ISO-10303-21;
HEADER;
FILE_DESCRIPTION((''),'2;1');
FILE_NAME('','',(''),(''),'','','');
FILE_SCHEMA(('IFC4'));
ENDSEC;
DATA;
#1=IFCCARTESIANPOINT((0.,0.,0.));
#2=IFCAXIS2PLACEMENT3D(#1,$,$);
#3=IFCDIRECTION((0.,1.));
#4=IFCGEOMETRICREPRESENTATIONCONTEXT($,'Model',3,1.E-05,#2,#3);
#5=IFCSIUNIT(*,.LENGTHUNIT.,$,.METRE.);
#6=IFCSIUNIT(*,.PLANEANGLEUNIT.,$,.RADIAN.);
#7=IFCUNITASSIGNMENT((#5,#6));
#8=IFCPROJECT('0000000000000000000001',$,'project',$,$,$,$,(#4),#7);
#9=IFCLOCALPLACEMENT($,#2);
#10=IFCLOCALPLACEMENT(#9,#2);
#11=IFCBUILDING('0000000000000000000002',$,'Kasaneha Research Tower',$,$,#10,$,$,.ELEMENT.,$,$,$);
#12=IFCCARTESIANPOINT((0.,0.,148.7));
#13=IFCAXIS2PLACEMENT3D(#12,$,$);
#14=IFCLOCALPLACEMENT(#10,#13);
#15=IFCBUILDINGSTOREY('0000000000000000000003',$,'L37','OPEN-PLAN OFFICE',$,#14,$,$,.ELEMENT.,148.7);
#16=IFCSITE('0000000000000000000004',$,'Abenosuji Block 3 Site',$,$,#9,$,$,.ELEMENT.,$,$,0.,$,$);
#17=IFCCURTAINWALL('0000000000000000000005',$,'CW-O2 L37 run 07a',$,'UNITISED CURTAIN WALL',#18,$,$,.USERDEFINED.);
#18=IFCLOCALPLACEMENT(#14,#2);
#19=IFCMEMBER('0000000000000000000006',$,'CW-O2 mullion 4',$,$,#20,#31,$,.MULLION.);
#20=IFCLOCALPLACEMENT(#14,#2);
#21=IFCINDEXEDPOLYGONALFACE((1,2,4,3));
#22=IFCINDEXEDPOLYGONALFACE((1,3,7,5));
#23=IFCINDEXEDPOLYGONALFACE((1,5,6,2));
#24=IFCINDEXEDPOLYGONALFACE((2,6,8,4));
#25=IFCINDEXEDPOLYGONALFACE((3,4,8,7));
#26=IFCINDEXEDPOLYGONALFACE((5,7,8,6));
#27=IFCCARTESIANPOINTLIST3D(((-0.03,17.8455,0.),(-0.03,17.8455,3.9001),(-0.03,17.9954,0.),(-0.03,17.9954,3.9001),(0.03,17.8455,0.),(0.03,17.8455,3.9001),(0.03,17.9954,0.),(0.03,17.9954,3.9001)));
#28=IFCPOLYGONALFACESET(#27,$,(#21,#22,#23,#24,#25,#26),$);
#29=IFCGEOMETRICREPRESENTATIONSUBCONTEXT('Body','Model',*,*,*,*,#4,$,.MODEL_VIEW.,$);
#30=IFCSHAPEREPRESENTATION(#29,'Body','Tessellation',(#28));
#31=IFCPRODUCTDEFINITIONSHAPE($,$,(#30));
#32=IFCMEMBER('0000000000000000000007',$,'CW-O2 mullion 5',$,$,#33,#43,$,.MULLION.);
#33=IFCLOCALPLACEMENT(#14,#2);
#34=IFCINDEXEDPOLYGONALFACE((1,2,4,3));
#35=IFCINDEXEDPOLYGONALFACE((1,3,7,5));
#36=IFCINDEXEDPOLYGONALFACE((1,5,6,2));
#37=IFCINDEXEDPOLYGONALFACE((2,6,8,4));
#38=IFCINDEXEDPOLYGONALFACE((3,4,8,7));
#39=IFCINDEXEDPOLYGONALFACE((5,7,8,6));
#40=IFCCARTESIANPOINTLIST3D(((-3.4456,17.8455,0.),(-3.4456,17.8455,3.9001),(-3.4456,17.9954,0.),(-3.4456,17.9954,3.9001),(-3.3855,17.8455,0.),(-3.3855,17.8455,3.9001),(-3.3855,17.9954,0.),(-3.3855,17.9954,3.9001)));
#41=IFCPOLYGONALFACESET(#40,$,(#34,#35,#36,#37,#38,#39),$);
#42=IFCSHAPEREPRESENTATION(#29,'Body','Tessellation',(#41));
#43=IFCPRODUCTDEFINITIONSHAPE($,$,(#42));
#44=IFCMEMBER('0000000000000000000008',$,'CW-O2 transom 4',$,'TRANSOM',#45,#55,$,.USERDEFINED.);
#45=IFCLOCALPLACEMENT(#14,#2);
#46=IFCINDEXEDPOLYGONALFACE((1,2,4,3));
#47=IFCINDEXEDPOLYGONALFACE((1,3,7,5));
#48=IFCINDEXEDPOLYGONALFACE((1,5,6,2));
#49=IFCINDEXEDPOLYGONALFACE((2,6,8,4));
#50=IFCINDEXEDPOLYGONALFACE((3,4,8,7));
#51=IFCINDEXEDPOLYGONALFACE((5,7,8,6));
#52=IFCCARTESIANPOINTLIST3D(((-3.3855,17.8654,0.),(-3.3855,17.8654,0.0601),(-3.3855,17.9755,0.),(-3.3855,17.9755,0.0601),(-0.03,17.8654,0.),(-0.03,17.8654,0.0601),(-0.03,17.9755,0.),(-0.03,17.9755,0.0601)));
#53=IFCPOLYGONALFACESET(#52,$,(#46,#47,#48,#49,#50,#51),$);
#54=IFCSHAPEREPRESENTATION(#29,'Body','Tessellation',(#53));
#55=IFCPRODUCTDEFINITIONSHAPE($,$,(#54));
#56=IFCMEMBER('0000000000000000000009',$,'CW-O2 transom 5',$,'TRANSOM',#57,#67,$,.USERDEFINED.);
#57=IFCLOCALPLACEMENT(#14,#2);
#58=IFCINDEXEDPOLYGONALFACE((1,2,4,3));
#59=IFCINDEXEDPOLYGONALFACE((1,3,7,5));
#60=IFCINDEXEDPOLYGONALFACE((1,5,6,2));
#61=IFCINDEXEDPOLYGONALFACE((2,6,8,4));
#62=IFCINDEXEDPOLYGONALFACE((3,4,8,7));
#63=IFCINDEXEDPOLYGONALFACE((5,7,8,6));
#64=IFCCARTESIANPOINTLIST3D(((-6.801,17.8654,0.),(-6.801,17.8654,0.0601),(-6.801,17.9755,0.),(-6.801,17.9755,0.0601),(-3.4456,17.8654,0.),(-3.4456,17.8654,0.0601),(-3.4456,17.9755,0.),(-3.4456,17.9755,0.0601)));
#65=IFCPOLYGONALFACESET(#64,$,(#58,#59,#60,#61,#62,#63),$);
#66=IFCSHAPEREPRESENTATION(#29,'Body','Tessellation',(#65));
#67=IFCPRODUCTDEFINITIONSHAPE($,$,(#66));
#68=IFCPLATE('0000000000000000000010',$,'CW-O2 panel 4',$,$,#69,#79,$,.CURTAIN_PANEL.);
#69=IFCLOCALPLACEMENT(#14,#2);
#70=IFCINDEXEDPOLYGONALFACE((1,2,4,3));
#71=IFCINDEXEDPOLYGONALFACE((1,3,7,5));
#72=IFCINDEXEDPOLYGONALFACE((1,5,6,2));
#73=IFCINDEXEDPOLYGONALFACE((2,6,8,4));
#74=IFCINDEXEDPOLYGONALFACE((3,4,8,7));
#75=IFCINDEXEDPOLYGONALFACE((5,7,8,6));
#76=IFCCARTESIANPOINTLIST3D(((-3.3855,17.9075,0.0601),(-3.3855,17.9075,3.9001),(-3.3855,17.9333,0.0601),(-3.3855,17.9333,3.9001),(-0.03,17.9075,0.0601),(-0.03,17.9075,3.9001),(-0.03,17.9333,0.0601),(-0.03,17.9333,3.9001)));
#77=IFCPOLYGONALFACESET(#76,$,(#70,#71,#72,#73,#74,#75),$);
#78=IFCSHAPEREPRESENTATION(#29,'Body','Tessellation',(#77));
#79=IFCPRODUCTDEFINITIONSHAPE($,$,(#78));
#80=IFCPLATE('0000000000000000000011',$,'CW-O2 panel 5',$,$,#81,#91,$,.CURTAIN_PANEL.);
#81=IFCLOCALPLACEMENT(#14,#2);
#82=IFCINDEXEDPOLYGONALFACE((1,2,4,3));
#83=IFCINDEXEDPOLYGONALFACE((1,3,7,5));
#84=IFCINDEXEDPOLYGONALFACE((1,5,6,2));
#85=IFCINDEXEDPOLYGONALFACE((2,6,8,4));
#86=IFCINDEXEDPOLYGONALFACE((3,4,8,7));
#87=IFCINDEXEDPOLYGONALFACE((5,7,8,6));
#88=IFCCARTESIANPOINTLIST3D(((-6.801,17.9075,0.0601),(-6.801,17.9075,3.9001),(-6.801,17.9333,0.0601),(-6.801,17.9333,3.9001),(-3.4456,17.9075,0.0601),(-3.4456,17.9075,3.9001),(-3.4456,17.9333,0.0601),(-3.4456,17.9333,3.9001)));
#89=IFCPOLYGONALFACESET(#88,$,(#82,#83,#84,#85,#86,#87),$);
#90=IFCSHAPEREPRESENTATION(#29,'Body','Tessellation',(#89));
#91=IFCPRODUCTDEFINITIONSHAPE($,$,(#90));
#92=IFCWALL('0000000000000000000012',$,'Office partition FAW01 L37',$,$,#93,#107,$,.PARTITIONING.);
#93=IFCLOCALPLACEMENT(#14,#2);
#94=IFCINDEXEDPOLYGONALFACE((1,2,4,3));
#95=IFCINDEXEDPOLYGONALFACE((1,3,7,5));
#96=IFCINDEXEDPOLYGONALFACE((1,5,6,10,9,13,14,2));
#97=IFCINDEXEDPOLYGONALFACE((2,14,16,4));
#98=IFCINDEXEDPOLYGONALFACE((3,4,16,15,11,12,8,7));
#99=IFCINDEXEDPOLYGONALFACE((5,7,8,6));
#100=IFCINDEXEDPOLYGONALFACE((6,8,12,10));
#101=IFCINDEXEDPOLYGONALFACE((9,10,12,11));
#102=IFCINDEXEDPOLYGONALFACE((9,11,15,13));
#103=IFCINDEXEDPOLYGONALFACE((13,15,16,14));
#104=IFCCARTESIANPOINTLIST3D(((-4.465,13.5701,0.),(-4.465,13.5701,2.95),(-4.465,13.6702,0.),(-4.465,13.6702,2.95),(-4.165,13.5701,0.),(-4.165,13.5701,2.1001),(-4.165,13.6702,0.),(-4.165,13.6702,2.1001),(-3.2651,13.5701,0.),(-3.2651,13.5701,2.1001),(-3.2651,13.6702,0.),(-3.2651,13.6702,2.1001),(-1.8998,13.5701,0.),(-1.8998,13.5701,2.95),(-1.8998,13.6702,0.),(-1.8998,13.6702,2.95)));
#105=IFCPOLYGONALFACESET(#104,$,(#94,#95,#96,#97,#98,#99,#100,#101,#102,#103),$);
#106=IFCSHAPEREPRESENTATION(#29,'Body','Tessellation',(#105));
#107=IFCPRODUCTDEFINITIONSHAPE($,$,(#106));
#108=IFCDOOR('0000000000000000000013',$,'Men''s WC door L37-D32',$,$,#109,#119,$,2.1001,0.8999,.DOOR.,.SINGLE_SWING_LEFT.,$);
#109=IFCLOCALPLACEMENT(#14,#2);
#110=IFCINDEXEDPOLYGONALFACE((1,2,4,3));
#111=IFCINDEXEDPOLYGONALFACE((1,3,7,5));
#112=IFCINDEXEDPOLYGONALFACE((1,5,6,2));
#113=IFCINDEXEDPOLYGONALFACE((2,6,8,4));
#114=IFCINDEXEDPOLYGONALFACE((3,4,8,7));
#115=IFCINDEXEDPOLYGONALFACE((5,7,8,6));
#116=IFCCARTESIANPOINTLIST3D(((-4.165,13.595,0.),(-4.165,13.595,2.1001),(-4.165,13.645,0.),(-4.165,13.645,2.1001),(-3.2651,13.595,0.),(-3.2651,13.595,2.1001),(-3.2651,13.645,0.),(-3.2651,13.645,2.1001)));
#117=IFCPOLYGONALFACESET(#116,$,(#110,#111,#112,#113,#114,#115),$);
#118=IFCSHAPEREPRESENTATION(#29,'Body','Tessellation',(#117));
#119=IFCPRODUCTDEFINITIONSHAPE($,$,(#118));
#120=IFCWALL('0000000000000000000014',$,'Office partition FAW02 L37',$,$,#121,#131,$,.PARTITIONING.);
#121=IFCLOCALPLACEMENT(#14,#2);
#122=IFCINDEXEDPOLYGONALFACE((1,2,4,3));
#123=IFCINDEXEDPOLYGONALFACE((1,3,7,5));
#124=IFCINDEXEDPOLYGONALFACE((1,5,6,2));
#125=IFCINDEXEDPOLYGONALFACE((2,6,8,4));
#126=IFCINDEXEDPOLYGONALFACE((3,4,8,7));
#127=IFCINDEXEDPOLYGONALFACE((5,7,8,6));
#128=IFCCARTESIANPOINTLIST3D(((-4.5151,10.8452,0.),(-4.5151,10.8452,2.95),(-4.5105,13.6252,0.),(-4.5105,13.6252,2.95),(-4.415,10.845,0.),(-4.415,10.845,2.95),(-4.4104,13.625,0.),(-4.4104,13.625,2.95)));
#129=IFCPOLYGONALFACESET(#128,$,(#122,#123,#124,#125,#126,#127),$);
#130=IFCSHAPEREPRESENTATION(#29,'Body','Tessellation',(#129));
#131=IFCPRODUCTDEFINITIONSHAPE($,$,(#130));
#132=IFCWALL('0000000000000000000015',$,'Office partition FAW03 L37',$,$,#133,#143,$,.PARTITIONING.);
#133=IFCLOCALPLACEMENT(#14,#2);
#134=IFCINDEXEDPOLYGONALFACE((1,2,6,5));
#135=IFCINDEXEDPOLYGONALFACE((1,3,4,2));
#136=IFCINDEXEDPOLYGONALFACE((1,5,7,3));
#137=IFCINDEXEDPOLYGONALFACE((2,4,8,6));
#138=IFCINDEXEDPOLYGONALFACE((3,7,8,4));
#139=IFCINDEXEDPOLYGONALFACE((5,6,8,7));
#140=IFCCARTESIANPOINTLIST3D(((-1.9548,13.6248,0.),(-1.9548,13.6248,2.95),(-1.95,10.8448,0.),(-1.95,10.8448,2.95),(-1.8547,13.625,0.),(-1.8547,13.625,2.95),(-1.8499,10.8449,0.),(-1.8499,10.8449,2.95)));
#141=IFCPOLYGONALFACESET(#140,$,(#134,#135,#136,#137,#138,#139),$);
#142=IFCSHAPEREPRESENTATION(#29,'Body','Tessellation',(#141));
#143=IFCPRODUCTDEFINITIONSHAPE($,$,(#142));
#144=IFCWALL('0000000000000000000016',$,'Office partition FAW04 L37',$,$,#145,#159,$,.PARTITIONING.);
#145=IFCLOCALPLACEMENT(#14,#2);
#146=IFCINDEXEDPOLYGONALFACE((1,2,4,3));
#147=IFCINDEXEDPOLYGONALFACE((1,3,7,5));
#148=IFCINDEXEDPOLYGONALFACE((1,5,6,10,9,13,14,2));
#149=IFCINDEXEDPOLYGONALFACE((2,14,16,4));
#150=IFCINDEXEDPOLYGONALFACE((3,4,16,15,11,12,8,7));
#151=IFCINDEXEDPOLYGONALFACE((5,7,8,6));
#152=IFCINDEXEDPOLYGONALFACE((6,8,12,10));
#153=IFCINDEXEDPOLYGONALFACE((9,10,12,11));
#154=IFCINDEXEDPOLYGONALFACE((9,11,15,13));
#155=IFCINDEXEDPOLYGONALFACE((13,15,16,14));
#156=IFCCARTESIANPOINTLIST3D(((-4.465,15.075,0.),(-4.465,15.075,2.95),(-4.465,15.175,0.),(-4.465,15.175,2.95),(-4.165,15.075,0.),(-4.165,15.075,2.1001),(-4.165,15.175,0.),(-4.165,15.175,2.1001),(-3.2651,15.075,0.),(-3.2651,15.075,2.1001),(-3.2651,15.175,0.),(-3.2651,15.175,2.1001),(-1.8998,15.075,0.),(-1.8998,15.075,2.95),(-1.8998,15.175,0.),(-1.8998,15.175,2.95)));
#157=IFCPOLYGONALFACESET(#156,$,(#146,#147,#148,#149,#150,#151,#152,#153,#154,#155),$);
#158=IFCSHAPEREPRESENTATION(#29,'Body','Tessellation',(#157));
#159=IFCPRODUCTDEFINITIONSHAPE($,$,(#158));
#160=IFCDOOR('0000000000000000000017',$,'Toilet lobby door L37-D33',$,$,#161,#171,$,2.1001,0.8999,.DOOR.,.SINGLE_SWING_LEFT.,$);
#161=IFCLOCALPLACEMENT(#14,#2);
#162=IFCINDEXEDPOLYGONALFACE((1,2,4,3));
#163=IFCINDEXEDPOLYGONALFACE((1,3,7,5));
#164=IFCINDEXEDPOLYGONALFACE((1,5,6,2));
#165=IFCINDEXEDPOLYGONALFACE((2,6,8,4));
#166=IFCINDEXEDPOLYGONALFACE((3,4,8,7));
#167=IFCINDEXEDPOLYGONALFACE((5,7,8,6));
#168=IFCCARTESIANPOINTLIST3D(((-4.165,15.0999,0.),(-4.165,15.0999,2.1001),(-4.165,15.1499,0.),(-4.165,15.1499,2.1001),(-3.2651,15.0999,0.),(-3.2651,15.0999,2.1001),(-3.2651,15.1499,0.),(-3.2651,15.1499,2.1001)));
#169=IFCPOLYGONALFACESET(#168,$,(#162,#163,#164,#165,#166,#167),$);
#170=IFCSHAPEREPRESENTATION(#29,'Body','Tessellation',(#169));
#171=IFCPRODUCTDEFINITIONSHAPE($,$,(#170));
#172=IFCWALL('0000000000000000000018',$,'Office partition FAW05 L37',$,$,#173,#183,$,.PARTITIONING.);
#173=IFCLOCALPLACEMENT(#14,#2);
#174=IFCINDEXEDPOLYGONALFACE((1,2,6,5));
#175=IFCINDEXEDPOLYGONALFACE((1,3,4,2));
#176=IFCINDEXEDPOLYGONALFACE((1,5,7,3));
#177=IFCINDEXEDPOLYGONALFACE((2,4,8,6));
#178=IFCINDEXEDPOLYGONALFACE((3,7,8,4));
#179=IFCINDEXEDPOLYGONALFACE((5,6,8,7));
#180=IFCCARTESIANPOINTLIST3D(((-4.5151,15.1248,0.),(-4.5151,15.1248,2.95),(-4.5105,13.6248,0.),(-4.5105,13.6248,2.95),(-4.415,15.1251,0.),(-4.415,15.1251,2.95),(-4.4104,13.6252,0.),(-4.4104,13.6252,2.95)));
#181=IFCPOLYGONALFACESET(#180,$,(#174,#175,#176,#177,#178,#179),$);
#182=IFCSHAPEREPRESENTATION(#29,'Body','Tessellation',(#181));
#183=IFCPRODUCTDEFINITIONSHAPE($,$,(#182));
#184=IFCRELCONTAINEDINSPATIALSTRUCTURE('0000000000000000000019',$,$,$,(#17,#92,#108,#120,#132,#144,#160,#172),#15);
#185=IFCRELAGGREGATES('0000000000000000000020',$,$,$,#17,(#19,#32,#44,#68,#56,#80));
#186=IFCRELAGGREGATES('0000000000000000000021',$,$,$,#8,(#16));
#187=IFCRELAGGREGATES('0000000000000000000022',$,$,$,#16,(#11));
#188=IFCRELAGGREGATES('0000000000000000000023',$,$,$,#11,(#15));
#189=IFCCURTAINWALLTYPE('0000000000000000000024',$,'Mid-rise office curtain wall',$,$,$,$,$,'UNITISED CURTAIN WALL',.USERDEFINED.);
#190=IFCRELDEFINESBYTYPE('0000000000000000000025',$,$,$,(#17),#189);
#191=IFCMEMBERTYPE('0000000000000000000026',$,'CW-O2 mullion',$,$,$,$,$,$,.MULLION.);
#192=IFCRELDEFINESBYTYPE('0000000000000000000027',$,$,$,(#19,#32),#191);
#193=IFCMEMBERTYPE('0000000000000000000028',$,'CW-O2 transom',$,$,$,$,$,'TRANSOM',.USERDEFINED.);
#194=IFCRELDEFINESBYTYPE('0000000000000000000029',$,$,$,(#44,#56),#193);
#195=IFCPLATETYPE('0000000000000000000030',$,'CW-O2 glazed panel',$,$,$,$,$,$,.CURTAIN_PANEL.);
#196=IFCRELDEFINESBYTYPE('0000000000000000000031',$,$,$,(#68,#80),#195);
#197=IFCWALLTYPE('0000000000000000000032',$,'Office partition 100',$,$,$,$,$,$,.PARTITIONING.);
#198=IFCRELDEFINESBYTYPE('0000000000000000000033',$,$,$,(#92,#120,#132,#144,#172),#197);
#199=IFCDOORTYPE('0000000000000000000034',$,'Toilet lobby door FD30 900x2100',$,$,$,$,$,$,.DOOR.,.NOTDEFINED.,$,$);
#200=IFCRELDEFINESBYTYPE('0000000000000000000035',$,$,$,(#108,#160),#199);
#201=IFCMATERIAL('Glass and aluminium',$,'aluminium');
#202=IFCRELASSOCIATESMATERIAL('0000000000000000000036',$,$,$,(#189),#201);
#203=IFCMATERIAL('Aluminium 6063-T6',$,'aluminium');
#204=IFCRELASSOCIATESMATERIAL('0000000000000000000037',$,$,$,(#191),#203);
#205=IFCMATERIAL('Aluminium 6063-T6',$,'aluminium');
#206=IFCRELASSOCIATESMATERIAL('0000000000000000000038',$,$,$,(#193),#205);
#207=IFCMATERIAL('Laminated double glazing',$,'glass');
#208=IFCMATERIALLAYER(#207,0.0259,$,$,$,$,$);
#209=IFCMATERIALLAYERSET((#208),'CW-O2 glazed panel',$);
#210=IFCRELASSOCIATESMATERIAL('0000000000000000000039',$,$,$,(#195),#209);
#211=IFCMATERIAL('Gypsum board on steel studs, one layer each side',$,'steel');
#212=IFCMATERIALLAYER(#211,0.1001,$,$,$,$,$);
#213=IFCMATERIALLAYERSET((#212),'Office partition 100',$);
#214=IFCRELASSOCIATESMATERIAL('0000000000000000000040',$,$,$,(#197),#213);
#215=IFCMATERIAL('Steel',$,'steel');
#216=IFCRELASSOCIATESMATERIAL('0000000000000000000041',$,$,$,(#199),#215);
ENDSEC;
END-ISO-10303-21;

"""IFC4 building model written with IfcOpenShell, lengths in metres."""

from ifc_helpers import new_model, si_unit, direction, frame, frame_2d, origin, origin_2d, place, context, subcontext, project, spatial, rectangle, extrude, material, layer, layer_set, material_profile, profile_set, type_object, element, fill, aggregate, save


model = new_model("IFC4")

# Units and contexts
model_context = context("Model", 3, precision=1e-05, world=origin(), true_north=direction((0.0, 1.0)))
body_context = subcontext(model_context, "Body", "Model", "MODEL_VIEW")
ifc_project = project(units=[si_unit("LENGTHUNIT", "METRE"), si_unit("PLANEANGLEUNIT", "RADIAN")], contexts=[model_context])

# Site, building, storey
site_placement = place(None, origin())
site = spatial("IfcSite", under=ifc_project, at=site_placement, Name="Abenosuji Block 3 Site", CompositionType="ELEMENT", RefElevation=0.0)
building_placement = place(site_placement, origin())
building = spatial("IfcBuilding", under=site, at=building_placement, Name="Kasaneha Research Tower", CompositionType="ELEMENT")
storey_placement = place(building_placement, frame((0.0, 0.0, 148.7)))
storey = spatial("IfcBuildingStorey", under=building, at=storey_placement, Name="L37", Description="OPEN-PLAN OFFICE", CompositionType="ELEMENT", Elevation=148.7)

# Curtain wall, members, plates
ifc_material_1 = material(Name="Glass and aluminium", Category="aluminium")
curtain_wall_type = type_object("IfcCurtainWallType", Name="Mid-rise office curtain wall", ElementType="UNITISED CURTAIN WALL", PredefinedType="USERDEFINED", material=ifc_material_1)
curtain_wall_placement = place(storey_placement, origin())
curtain_wall = element("IfcCurtainWall", 1, at=curtain_wall_placement, inside=storey, type_object=curtain_wall_type, Name="CW-O2 L37 run 07a", ObjectType="UNITISED CURTAIN WALL", PredefinedType="USERDEFINED")
ifc_material_2 = material(Name="Aluminium 6063-T6", Category="aluminium")
ifc_material_profile_1 = material_profile(ifc_material_2, rectangle(XDim=0.0601, YDim=0.1499, at=origin_2d()), Name="CW-O2 mullion 60x150")
ifc_profile_set_1 = profile_set([ifc_material_profile_1], Name="Aluminium 6063-T6")
member_type_1 = type_object("IfcMemberType", Name="CW-O2 mullion", PredefinedType="MULLION", material=ifc_profile_set_1)
member_1_placement = place(storey_placement, frame((0.0, 17.9204, 0.0), z_axis=(0.0, 0.0, 1.0), x_axis=(-1.0, 0.0, 0.0)))
member_1 = element("IfcMember", 2, at=member_1_placement, type_object=member_type_1, Name="CW-O2 mullion 4", PredefinedType="MULLION", context=body_context, shape_type="SweptSolid", body=[
    extrude(rectangle(XDim=0.0601, YDim=0.1499, at=origin_2d()), origin(), (0.0, 0.0, 1.0), 3.9001),
])
member_2_placement = place(storey_placement, frame((-3.4155, 17.9204, 0.0), z_axis=(0.0, 0.0, 1.0), x_axis=(-1.0, 0.0, 0.0)))
member_2 = element("IfcMember", 3, at=member_2_placement, type_object=member_type_1, Name="CW-O2 mullion 5", PredefinedType="MULLION", context=body_context, shape_type="SweptSolid", body=[
    extrude(rectangle(XDim=0.0601, YDim=0.1499, at=origin_2d()), origin(), (0.0, 0.0, 1.0), 3.9001),
])
ifc_material_3 = material(Name="Aluminium 6063-T6", Category="aluminium")
ifc_material_profile_2 = material_profile(ifc_material_3, rectangle(XDim=0.1101, YDim=0.0601, at=origin_2d()), Name="CW-O2 transom 110x60")
ifc_profile_set_2 = profile_set([ifc_material_profile_2], Name="Aluminium 6063-T6")
member_type_2 = type_object("IfcMemberType", Name="CW-O2 transom", ElementType="TRANSOM", PredefinedType="USERDEFINED", material=ifc_profile_set_2)
member_3_placement = place(storey_placement, frame((-0.03, 17.9204, 0.03), z_axis=(-1.0, 0.0, 0.0), x_axis=(0.0, -1.0, 0.0)))
member_3 = element("IfcMember", 4, at=member_3_placement, type_object=member_type_2, Name="CW-O2 transom 4", ObjectType="TRANSOM", PredefinedType="USERDEFINED", context=body_context, shape_type="SweptSolid", body=[
    extrude(rectangle(XDim=0.1101, YDim=0.0601, at=origin_2d()), origin(), (0.0, 0.0, 1.0), 3.3555),
])
member_4_placement = place(storey_placement, frame((-3.4456, 17.9204, 0.03), z_axis=(-1.0, 0.0, 0.0), x_axis=(0.0, -1.0, 0.0)))
member_4 = element("IfcMember", 5, at=member_4_placement, type_object=member_type_2, Name="CW-O2 transom 5", ObjectType="TRANSOM", PredefinedType="USERDEFINED", context=body_context, shape_type="SweptSolid", body=[
    extrude(rectangle(XDim=0.1101, YDim=0.0601, at=origin_2d()), origin(), (0.0, 0.0, 1.0), 3.3555),
])
ifc_material_4 = material(Name="Laminated double glazing", Category="glass")
ifc_layer_1 = layer(ifc_material_4, 0.0259)
ifc_layer_set_1 = layer_set([ifc_layer_1], Name="CW-O2 glazed panel")
plate_type = type_object("IfcPlateType", Name="CW-O2 glazed panel", PredefinedType="CURTAIN_PANEL", material=ifc_layer_set_1)
plate_1_placement = place(storey_placement, frame((-1.7078, 17.9204, 0.0601), z_axis=(0.0, 0.0, 1.0), x_axis=(-1.0, 0.0, 0.0)))
plate_1 = element("IfcPlate", 6, at=plate_1_placement, type_object=plate_type, Name="CW-O2 panel 4", PredefinedType="CURTAIN_PANEL", context=body_context, shape_type="SweptSolid", body=[
    extrude(rectangle(XDim=3.3555, YDim=0.0259, at=origin_2d()), origin(), (0.0, 0.0, 1.0), 3.8401),
])
plate_2_placement = place(storey_placement, frame((-5.1233, 17.9204, 0.0601), z_axis=(0.0, 0.0, 1.0), x_axis=(-1.0, 0.0, 0.0)))
plate_2 = element("IfcPlate", 7, at=plate_2_placement, type_object=plate_type, Name="CW-O2 panel 5", PredefinedType="CURTAIN_PANEL", context=body_context, shape_type="SweptSolid", body=[
    extrude(rectangle(XDim=3.3555, YDim=0.0259, at=origin_2d()), origin(), (0.0, 0.0, 1.0), 3.8401),
])
aggregate(curtain_wall, [member_1, member_2, member_3, plate_1, member_4, plate_2])

# Wall, opening, door
ifc_material_5 = material(Name="Gypsum board on steel studs, one layer each side", Category="steel")
ifc_layer_2 = layer(ifc_material_5, 0.1001)
ifc_layer_set_2 = layer_set([ifc_layer_2], Name="Office partition 100")
wall_type_1 = type_object("IfcWallType", Name="Office partition 100", PredefinedType="PARTITIONING", material=ifc_layer_set_2)
wall_1_placement = place(storey_placement, frame((-4.4651, 13.6201, 0.0), z_axis=(0.0, 0.0, 1.0), x_axis=(1.0, 0.0, 0.0)))
wall_1 = element("IfcWall", 8, at=wall_1_placement, inside=storey, type_object=wall_type_1, Name="Office partition FAW01 L37", PredefinedType="PARTITIONING", context=body_context, shape_type="SweptSolid", body=[
    extrude(rectangle(XDim=2.5652, YDim=0.1001, at=frame_2d((1.2827, 0.0))), origin(), (0.0, 0.0, 1.0), 2.95),
])
opening_1_placement = place(wall_1_placement, frame((0.3, 0.0, 0.0)))
opening_1 = element("IfcOpeningElement", 9, at=opening_1_placement, cuts=wall_1, PredefinedType="OPENING", context=body_context, shape_type="SweptSolid", body=[
    extrude(rectangle(XDim=0.8999, YDim=2.1001, at=frame_2d((0.45, 1.05))), frame((0.0, 0.0601, 0.0), z_axis=(0.0, -1.0, 0.0), x_axis=(1.0, 0.0, 0.0)), (0.0, 0.0, 1.0), 0.1201),
])
ifc_material_6 = material(Name="Steel", Category="steel")
door_type_1 = type_object("IfcDoorType", Name="Toilet lobby door FD30 900x2100", OperationType="NOTDEFINED", PredefinedType="DOOR", material=ifc_material_6)
door_1_placement = place(opening_1_placement, origin())
door_1 = element("IfcDoor", 10, at=door_1_placement, inside=storey, type_object=door_type_1, Name="Men's WC door L37-D32", OperationType="SINGLE_SWING_LEFT", OverallHeight=2.1001, OverallWidth=0.8999, PredefinedType="DOOR", context=body_context, shape_type="SweptSolid", body=[
    extrude(rectangle(XDim=0.8999, YDim=2.1001, at=frame_2d((0.45, 1.05))), frame((0.0, 0.0249, 0.0), z_axis=(0.0, -1.0, 0.0), x_axis=(1.0, 0.0, 0.0)), (0.0, 0.0, 1.0), 0.05),
])
fill(opening_1, door_1)

# Walls
for number, where, z_axis, x_axis, name in (
    (11, (-4.4651, 10.845, 0.0), (0.0, 0.0, 1.0), (0.001669, 0.999999, 0.0), "Office partition FAW02 L37"),
    (12, (-1.9048, 13.625, 0.0), (0.0, 0.0, 1.0), (0.001756, -0.999998, 0.0), "Office partition FAW03 L37"),
):
    element("IfcWall", number, at=place(storey_placement, frame(where, z_axis=z_axis, x_axis=x_axis)), inside=storey, type_object=wall_type_1, Name=name, PredefinedType="PARTITIONING", context=body_context, shape_type="SweptSolid", body=[
        extrude(rectangle(XDim=2.78, YDim=0.1001, at=frame_2d((1.3901, 0.0))), origin(), (0.0, 0.0, 1.0), 2.95),
    ])

# Wall, opening, door
wall_2_placement = place(storey_placement, frame((-4.4651, 15.125, 0.0), z_axis=(0.0, 0.0, 1.0), x_axis=(1.0, 0.0, 0.0)))
wall_2 = element("IfcWall", 13, at=wall_2_placement, inside=storey, type_object=wall_type_1, Name="Office partition FAW04 L37", PredefinedType="PARTITIONING", context=body_context, shape_type="SweptSolid", body=[
    extrude(rectangle(XDim=2.5652, YDim=0.1001, at=frame_2d((1.2827, 0.0))), origin(), (0.0, 0.0, 1.0), 2.95),
])
opening_2_placement = place(wall_2_placement, frame((0.3, 0.0, 0.0)))
opening_2 = element("IfcOpeningElement", 14, at=opening_2_placement, cuts=wall_2, PredefinedType="OPENING", context=body_context, shape_type="SweptSolid", body=[
    extrude(rectangle(XDim=0.8999, YDim=2.1001, at=frame_2d((0.45, 1.05))), frame((0.0, 0.0601, 0.0), z_axis=(0.0, -1.0, 0.0), x_axis=(1.0, 0.0, 0.0)), (0.0, 0.0, 1.0), 0.1201),
])
door_2_placement = place(opening_2_placement, origin())
door_2 = element("IfcDoor", 15, at=door_2_placement, inside=storey, type_object=door_type_1, Name="Toilet lobby door L37-D33", OperationType="SINGLE_SWING_LEFT", OverallHeight=2.1001, OverallWidth=0.8999, PredefinedType="DOOR", context=body_context, shape_type="SweptSolid", body=[
    extrude(rectangle(XDim=0.8999, YDim=2.1001, at=frame_2d((0.45, 1.05))), frame((0.0, 0.0249, 0.0), z_axis=(0.0, -1.0, 0.0), x_axis=(1.0, 0.0, 0.0)), (0.0, 0.0, 1.0), 0.05),
])
fill(opening_2, door_2)

# Wall
for number, where, z_axis, x_axis, name in (
    (16, (-4.4604, 13.625, 0.0), (0.0, 0.0, 1.0), (-0.003092, 0.999995, 0.0), "Office partition FAW05 L37"),
):
    element("IfcWall", number, at=place(storey_placement, frame(where, z_axis=z_axis, x_axis=x_axis)), inside=storey, type_object=wall_type_1, Name=name, PredefinedType="PARTITIONING", context=body_context, shape_type="SweptSolid", body=[
        extrude(rectangle(XDim=1.5, YDim=0.1001, at=frame_2d((0.75, 0.0))), origin(), (0.0, 0.0, 1.0), 2.95),
    ])

save(model, "model.ifc")
